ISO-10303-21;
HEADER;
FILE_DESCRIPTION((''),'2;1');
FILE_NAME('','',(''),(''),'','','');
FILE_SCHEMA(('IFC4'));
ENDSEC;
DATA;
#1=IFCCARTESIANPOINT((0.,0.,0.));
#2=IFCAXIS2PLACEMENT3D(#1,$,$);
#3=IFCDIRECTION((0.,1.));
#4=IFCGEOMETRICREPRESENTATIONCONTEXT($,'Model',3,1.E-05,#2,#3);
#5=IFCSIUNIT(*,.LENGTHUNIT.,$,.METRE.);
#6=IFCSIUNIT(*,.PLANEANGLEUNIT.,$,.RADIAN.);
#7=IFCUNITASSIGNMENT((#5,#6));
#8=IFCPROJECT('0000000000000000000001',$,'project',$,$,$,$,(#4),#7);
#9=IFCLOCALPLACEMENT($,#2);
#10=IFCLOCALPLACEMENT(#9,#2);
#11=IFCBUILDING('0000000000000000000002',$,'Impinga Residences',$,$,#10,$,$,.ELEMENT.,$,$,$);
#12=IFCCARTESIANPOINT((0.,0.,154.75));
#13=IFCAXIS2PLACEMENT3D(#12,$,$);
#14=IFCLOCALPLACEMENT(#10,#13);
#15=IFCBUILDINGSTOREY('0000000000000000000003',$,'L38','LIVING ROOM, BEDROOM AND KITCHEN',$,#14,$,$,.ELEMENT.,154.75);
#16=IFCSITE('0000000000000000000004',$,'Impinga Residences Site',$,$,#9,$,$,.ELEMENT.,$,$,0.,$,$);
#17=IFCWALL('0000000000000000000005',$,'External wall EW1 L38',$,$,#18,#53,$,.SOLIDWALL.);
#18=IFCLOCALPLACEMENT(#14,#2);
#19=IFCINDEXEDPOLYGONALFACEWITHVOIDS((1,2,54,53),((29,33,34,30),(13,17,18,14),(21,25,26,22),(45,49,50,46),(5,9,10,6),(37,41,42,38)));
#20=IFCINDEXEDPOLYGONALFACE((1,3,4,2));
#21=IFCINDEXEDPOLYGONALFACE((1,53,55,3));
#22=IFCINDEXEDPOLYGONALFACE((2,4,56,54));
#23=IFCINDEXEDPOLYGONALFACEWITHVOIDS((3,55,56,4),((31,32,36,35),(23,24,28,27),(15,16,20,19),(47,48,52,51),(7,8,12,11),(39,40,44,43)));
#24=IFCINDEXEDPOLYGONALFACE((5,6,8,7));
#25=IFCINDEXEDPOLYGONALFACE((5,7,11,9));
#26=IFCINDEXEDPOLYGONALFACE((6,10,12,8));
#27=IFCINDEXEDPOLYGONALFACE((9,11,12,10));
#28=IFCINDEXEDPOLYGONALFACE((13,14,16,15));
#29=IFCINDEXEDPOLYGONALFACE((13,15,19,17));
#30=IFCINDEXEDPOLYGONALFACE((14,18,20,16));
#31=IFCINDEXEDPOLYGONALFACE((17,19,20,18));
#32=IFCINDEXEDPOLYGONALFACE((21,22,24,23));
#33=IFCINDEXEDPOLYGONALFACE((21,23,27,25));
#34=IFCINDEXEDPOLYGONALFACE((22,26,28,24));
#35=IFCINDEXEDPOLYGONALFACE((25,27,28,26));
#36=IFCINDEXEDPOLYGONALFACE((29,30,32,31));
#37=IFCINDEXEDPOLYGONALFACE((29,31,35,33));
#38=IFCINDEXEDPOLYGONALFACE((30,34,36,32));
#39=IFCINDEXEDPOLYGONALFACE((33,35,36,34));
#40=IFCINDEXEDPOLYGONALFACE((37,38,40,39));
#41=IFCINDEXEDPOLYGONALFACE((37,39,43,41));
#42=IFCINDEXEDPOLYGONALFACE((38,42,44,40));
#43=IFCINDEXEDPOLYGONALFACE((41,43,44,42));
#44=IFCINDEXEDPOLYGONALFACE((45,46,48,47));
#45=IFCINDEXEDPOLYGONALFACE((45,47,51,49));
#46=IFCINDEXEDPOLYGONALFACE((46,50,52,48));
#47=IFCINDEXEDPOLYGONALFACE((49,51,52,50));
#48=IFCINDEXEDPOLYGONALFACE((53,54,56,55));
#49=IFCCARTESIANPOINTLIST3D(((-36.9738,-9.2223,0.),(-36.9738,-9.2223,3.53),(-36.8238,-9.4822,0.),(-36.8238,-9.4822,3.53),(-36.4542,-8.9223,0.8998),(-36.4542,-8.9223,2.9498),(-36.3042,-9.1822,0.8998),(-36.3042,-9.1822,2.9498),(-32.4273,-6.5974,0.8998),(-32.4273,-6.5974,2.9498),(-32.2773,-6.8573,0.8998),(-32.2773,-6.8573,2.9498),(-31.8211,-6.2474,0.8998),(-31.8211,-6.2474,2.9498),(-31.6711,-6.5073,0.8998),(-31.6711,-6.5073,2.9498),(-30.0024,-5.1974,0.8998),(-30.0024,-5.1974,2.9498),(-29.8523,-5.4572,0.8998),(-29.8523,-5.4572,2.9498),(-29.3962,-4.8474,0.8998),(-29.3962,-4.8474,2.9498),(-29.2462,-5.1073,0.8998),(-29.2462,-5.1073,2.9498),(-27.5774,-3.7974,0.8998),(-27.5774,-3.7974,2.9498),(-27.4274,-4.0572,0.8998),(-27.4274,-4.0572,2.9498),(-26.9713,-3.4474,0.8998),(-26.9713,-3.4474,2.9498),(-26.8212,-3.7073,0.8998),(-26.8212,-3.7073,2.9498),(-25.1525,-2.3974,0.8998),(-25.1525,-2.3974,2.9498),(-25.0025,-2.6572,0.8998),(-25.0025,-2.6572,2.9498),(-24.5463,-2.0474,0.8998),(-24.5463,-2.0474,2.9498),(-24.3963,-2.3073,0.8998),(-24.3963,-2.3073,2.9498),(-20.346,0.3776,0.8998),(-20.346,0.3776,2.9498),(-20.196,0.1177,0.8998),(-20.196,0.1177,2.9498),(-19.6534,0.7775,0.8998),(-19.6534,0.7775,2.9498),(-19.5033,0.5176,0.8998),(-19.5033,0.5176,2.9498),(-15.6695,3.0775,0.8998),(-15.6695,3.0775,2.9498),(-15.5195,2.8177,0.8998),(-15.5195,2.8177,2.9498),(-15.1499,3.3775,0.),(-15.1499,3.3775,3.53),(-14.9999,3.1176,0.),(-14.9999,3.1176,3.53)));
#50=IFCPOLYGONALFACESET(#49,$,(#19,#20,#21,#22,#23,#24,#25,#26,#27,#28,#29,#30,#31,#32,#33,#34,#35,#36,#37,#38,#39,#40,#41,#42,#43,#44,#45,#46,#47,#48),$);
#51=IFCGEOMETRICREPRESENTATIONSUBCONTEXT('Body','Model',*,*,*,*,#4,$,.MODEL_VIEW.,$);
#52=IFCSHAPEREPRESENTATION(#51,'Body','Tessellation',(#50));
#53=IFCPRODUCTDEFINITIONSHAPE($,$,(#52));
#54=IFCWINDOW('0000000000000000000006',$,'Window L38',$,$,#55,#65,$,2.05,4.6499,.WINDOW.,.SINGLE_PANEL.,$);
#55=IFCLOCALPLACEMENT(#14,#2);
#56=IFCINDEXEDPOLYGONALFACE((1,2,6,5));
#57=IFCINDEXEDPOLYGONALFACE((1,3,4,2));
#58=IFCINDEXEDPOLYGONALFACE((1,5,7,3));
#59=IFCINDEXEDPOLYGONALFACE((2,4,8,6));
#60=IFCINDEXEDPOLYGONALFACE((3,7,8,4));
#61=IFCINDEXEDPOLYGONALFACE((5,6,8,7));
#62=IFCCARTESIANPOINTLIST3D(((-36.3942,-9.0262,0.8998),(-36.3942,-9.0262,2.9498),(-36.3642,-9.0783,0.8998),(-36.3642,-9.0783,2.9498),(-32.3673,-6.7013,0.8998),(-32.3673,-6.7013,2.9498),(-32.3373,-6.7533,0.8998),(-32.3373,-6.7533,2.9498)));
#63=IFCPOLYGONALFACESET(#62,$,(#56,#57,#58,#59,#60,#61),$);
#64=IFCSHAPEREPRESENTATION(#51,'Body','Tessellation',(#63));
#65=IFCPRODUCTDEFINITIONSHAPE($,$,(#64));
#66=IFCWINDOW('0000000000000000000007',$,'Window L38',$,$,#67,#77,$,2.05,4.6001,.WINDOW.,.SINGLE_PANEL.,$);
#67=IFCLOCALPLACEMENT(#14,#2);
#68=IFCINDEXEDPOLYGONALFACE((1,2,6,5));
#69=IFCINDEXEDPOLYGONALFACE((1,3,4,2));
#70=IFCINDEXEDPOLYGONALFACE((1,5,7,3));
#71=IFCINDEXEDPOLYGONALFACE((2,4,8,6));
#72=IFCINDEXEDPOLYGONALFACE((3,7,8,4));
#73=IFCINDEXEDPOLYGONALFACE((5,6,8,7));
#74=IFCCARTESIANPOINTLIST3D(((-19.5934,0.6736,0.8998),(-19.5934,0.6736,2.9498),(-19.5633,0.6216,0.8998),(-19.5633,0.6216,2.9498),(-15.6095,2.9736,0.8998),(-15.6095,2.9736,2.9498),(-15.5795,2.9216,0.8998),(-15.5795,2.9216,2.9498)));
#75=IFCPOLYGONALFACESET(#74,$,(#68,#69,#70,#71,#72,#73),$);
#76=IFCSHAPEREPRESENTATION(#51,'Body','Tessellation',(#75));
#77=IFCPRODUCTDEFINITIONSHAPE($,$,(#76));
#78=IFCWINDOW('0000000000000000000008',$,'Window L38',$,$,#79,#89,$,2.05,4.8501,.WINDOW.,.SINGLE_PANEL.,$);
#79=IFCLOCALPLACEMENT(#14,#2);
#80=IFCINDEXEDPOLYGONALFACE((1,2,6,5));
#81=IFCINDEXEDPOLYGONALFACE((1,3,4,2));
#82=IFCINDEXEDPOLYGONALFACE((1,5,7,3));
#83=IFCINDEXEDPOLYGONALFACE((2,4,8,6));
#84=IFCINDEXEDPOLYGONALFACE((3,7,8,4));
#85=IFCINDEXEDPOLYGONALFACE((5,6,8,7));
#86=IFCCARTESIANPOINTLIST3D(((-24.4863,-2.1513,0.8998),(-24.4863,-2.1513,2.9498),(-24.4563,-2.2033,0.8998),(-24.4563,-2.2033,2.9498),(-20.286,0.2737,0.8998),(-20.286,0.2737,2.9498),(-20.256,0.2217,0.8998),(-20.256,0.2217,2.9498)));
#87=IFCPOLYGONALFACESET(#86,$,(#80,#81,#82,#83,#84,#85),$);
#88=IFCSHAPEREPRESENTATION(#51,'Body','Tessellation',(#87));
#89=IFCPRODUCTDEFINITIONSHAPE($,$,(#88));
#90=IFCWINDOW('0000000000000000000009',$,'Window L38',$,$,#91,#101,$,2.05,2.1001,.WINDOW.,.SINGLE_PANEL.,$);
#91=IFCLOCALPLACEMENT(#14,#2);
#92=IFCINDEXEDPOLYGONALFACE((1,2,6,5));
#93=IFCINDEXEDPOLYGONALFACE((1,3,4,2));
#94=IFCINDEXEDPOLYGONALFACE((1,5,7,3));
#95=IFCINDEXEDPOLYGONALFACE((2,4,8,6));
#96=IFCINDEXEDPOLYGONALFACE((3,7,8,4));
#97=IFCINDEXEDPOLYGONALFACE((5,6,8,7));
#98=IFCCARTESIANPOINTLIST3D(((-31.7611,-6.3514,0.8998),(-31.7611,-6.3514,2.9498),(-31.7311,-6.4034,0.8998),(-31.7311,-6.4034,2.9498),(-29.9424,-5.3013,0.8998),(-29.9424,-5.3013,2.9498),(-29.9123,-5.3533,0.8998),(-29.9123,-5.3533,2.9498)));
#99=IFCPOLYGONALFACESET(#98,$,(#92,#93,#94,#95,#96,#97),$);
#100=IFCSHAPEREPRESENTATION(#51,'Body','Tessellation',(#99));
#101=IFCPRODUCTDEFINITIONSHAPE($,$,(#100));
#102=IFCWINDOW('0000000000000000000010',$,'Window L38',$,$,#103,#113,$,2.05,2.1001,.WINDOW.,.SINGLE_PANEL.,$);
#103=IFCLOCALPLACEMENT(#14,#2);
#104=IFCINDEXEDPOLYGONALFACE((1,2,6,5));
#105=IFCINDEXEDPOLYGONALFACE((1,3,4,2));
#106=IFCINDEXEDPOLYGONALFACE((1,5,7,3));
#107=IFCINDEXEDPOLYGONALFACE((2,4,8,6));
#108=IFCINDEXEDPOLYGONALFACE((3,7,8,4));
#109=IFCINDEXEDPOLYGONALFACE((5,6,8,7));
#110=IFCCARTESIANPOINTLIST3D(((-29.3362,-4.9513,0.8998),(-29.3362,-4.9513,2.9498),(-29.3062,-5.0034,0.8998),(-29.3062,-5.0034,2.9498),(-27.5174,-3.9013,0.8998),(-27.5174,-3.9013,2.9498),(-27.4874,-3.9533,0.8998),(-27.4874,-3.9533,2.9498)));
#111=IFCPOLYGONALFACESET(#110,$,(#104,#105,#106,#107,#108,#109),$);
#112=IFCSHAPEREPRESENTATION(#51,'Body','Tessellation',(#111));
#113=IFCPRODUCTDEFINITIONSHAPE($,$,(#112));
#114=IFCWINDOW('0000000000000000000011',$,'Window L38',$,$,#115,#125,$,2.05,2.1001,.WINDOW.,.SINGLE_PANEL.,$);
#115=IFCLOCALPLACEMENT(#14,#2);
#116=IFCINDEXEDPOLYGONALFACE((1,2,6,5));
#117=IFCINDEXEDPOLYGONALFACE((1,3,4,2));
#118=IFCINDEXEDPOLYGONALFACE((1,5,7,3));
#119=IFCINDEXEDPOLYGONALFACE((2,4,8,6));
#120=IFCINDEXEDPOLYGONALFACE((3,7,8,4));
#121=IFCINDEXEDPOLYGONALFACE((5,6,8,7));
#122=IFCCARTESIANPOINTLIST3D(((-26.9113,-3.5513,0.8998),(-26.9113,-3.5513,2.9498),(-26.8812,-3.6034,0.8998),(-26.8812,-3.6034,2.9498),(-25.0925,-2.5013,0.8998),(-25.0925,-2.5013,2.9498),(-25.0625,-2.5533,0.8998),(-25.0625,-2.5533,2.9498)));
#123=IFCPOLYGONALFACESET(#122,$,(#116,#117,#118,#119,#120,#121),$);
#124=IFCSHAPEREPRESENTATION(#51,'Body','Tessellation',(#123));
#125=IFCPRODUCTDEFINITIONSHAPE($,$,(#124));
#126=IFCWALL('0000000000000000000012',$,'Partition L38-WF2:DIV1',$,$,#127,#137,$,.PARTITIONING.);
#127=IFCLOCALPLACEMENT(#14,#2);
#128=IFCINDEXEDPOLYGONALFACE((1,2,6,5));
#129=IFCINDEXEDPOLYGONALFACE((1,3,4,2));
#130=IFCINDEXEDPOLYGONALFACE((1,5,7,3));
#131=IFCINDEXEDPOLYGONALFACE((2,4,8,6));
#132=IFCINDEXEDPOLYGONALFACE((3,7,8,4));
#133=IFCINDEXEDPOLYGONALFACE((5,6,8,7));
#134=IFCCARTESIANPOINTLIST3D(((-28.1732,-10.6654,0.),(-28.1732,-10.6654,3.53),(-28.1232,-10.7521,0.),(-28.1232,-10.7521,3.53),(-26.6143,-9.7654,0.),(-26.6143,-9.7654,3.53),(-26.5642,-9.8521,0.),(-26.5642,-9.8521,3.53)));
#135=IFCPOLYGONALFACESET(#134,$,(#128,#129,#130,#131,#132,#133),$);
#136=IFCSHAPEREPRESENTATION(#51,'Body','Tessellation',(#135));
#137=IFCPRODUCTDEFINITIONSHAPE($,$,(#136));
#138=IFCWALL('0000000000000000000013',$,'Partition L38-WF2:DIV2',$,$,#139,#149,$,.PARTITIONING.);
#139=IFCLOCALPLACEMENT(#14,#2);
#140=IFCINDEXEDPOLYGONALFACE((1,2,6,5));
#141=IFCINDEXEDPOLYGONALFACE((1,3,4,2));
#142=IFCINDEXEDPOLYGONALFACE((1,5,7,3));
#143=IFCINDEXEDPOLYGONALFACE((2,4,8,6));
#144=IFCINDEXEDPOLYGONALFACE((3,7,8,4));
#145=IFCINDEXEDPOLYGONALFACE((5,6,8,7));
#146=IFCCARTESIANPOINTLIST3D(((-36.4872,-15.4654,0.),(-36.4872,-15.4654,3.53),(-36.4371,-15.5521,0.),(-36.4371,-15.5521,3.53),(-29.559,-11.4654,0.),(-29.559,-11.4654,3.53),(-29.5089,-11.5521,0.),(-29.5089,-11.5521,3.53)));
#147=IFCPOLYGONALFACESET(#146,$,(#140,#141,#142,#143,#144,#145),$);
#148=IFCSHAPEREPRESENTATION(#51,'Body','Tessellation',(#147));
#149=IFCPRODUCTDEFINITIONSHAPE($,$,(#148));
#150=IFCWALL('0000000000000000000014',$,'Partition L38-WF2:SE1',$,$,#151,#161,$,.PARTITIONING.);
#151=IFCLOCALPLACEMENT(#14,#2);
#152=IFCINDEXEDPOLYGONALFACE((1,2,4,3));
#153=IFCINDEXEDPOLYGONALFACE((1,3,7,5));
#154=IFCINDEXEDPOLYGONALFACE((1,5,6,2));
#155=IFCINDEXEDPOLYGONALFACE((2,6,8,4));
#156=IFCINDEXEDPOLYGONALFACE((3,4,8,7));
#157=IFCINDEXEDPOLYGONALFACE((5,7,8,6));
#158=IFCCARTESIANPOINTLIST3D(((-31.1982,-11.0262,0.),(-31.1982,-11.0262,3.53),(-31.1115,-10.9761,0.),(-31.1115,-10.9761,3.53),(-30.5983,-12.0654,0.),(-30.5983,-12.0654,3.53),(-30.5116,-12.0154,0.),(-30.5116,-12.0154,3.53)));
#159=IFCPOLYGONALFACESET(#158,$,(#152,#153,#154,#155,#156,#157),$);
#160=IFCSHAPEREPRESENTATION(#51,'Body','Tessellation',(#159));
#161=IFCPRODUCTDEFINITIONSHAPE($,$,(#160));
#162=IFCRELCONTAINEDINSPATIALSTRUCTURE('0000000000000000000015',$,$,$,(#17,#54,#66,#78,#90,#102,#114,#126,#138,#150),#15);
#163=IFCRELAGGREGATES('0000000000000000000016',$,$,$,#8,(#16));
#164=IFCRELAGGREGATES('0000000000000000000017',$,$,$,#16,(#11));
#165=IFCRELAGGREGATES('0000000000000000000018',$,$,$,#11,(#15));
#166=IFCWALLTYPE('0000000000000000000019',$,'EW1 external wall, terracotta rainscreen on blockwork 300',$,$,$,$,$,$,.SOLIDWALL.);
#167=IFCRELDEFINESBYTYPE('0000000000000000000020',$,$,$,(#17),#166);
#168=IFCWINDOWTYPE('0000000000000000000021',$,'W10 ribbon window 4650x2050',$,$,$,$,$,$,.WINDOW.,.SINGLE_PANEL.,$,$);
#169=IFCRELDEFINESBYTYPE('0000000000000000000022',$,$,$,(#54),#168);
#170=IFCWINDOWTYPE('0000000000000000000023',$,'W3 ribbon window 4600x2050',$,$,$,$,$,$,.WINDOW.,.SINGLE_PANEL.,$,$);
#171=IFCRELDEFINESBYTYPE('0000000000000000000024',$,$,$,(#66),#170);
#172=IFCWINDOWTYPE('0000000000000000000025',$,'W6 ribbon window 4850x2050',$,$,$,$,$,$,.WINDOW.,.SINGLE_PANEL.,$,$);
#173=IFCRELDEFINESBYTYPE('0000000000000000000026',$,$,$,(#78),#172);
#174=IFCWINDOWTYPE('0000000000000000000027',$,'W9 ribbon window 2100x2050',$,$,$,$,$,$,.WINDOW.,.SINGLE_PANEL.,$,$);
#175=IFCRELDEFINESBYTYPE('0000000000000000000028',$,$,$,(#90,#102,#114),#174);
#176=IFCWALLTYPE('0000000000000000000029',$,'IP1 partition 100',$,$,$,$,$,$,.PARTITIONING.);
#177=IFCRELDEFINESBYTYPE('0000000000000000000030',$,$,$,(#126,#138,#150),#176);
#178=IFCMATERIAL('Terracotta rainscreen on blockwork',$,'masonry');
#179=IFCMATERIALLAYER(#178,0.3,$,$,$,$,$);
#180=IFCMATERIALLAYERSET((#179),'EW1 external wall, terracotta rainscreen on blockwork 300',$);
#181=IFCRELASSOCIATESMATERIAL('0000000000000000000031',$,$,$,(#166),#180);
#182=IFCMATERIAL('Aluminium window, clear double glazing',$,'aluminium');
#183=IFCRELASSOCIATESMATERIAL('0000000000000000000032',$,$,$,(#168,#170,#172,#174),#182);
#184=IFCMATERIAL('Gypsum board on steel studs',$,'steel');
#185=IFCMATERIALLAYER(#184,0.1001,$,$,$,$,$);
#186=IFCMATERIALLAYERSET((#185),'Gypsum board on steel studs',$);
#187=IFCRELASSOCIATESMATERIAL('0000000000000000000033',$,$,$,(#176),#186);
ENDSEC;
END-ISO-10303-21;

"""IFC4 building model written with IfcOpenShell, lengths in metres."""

from ifc_helpers import new_model, si_unit, direction, frame, frame_2d, origin, place, context, subcontext, project, spatial, rectangle, extrude, material, layer, layer_set, type_object, element, fill, save


model = new_model("IFC4")

# Units and contexts
model_context = context("Model", 3, precision=1e-05, world=origin(), true_north=direction((0.0, 1.0)))
body_context = subcontext(model_context, "Body", "Model", "MODEL_VIEW")
ifc_project = project(units=[si_unit("LENGTHUNIT", "METRE"), si_unit("PLANEANGLEUNIT", "RADIAN")], contexts=[model_context])

# Site, building, storey
site_placement = place(None, origin())
site = spatial("IfcSite", under=ifc_project, at=site_placement, Name="Impinga Residences Site", CompositionType="ELEMENT", RefElevation=0.0)
building_placement = place(site_placement, origin())
building = spatial("IfcBuilding", under=site, at=building_placement, Name="Impinga Residences", CompositionType="ELEMENT")
storey_placement = place(building_placement, frame((0.0, 0.0, 154.75)))
storey = spatial("IfcBuildingStorey", under=building, at=storey_placement, Name="L38", Description="LIVING ROOM, BEDROOM AND KITCHEN", CompositionType="ELEMENT", Elevation=154.75)

# Shared definitions
ifc_material_1 = material(Name="Terracotta rainscreen on blockwork", Category="masonry")
ifc_layer_1 = layer(ifc_material_1, 0.3)
ifc_layer_set_1 = layer_set([ifc_layer_1], Name="EW1 external wall, terracotta rainscreen on blockwork 300")
wall_type_1 = type_object("IfcWallType", Name="EW1 external wall, terracotta rainscreen on blockwork 300", PredefinedType="SOLIDWALL", material=ifc_layer_set_1)

# Wall, openings, windows
wall_1_placement = place(storey_placement, frame((-36.8989, -9.3523, 0.0), z_axis=(0.0, 0.0, 1.0), x_axis=(0.866029, 0.499993, 0.0)))
wall_1 = element("IfcWall", 1, at=wall_1_placement, inside=storey, type_object=wall_type_1, Name="External wall EW1 L38", PredefinedType="SOLIDWALL", context=body_context, shape_type="SweptSolid", body=[
    extrude(rectangle(XDim=25.2, YDim=0.3, at=frame_2d((12.6001, 0.0))), origin(), (0.0, 0.0, 1.0), 3.53),
])
opening_1_placement = place(wall_1_placement, frame((0.6001, 0.0, 0.8999)))
opening_1 = element("IfcOpeningElement", 2, at=opening_1_placement, cuts=wall_1, PredefinedType="OPENING", context=body_context, shape_type="SweptSolid", body=[
    extrude(rectangle(XDim=4.6499, YDim=2.05, at=frame_2d((2.325, 1.0249))), frame((0.0, 0.1599, 0.0), z_axis=(0.0, -1.0, 0.0), x_axis=(1.0, 0.0, 0.0)), (0.0, 0.0, 1.0), 0.3201),
])
opening_2_placement = place(wall_1_placement, frame((5.95, 0.0, 0.8999)))
opening_2 = element("IfcOpeningElement", 3, at=opening_2_placement, cuts=wall_1, PredefinedType="OPENING", context=body_context, shape_type="SweptSolid", body=[
    extrude(rectangle(XDim=2.1001, YDim=2.05, at=frame_2d((1.05, 1.0249))), frame((0.0, 0.1599, 0.0), z_axis=(0.0, -1.0, 0.0), x_axis=(1.0, 0.0, 0.0)), (0.0, 0.0, 1.0), 0.3201),
])
opening_3_placement = place(wall_1_placement, frame((8.75, 0.0, 0.8999)))
opening_3 = element("IfcOpeningElement", 4, at=opening_3_placement, cuts=wall_1, PredefinedType="OPENING", context=body_context, shape_type="SweptSolid", body=[
    extrude(rectangle(XDim=2.1001, YDim=2.05, at=frame_2d((1.05, 1.0249))), frame((0.0, 0.1599, 0.0), z_axis=(0.0, -1.0, 0.0), x_axis=(1.0, 0.0, 0.0)), (0.0, 0.0, 1.0), 0.3201),
])
opening_4_placement = place(wall_1_placement, frame((11.55, 0.0, 0.8999)))
opening_4 = element("IfcOpeningElement", 5, at=opening_4_placement, cuts=wall_1, PredefinedType="OPENING", context=body_context, shape_type="SweptSolid", body=[
    extrude(rectangle(XDim=2.1001, YDim=2.05, at=frame_2d((1.05, 1.0249))), frame((0.0, 0.1599, 0.0), z_axis=(0.0, -1.0, 0.0), x_axis=(1.0, 0.0, 0.0)), (0.0, 0.0, 1.0), 0.3201),
])
opening_5_placement = place(wall_1_placement, frame((14.3501, 0.0, 0.8999)))
opening_5 = element("IfcOpeningElement", 6, at=opening_5_placement, cuts=wall_1, PredefinedType="OPENING", context=body_context, shape_type="SweptSolid", body=[
    extrude(rectangle(XDim=4.8501, YDim=2.05, at=frame_2d((2.425, 1.0249))), frame((0.0, 0.1599, 0.0), z_axis=(0.0, -1.0, 0.0), x_axis=(1.0, 0.0, 0.0)), (0.0, 0.0, 1.0), 0.3201),
])
opening_6_placement = place(wall_1_placement, frame((20.0, 0.0, 0.8999)))
opening_6 = element("IfcOpeningElement", 7, at=opening_6_placement, cuts=wall_1, PredefinedType="OPENING", context=body_context, shape_type="SweptSolid", body=[
    extrude(rectangle(XDim=4.6001, YDim=2.05, at=frame_2d((2.3, 1.0249))), frame((0.0, 0.1599, 0.0), z_axis=(0.0, -1.0, 0.0), x_axis=(1.0, 0.0, 0.0)), (0.0, 0.0, 1.0), 0.3201),
])
ifc_material_2 = material(Name="Aluminium window, clear double glazing", Category="aluminium")
window_type_1 = type_object("IfcWindowType", Name="W10 ribbon window 4650x2050", PartitioningType="SINGLE_PANEL", PredefinedType="WINDOW", material=ifc_material_2)
window_1_placement = place(opening_1_placement, origin())
window_1 = element("IfcWindow", 8, at=window_1_placement, inside=storey, type_object=window_type_1, Name="Window L38", OverallHeight=2.05, OverallWidth=4.6499, PartitioningType="SINGLE_PANEL", PredefinedType="WINDOW", context=body_context, shape_type="SweptSolid", body=[
    extrude(rectangle(XDim=4.6499, YDim=2.05, at=frame_2d((2.325, 1.0249))), frame((0.0, 0.03, 0.0), z_axis=(0.0, -1.0, 0.0), x_axis=(1.0, 0.0, 0.0)), (0.0, 0.0, 1.0), 0.0601),
])
fill(opening_1, window_1)
window_type_2 = type_object("IfcWindowType", Name="W3 ribbon window 4600x2050", PartitioningType="SINGLE_PANEL", PredefinedType="WINDOW", material=ifc_material_2)
window_2_placement = place(opening_6_placement, origin())
window_2 = element("IfcWindow", 9, at=window_2_placement, inside=storey, type_object=window_type_2, Name="Window L38", OverallHeight=2.05, OverallWidth=4.6001, PartitioningType="SINGLE_PANEL", PredefinedType="WINDOW", context=body_context, shape_type="SweptSolid", body=[
    extrude(rectangle(XDim=4.6001, YDim=2.05, at=frame_2d((2.3, 1.0249))), frame((0.0, 0.03, 0.0), z_axis=(0.0, -1.0, 0.0), x_axis=(1.0, 0.0, 0.0)), (0.0, 0.0, 1.0), 0.0601),
])
fill(opening_6, window_2)
window_type_3 = type_object("IfcWindowType", Name="W6 ribbon window 4850x2050", PartitioningType="SINGLE_PANEL", PredefinedType="WINDOW", material=ifc_material_2)
window_3_placement = place(opening_5_placement, origin())
window_3 = element("IfcWindow", 10, at=window_3_placement, inside=storey, type_object=window_type_3, Name="Window L38", OverallHeight=2.05, OverallWidth=4.8501, PartitioningType="SINGLE_PANEL", PredefinedType="WINDOW", context=body_context, shape_type="SweptSolid", body=[
    extrude(rectangle(XDim=4.8501, YDim=2.05, at=frame_2d((2.425, 1.0249))), frame((0.0, 0.03, 0.0), z_axis=(0.0, -1.0, 0.0), x_axis=(1.0, 0.0, 0.0)), (0.0, 0.0, 1.0), 0.0601),
])
fill(opening_5, window_3)
window_type_4 = type_object("IfcWindowType", Name="W9 ribbon window 2100x2050", PartitioningType="SINGLE_PANEL", PredefinedType="WINDOW", material=ifc_material_2)
window_4_placement = place(opening_2_placement, origin())
window_4 = element("IfcWindow", 11, at=window_4_placement, inside=storey, type_object=window_type_4, Name="Window L38", OverallHeight=2.05, OverallWidth=2.1001, PartitioningType="SINGLE_PANEL", PredefinedType="WINDOW", context=body_context, shape_type="SweptSolid", body=[
    extrude(rectangle(XDim=2.1001, YDim=2.05, at=frame_2d((1.05, 1.0249))), frame((0.0, 0.03, 0.0), z_axis=(0.0, -1.0, 0.0), x_axis=(1.0, 0.0, 0.0)), (0.0, 0.0, 1.0), 0.0601),
])
fill(opening_2, window_4)
window_5_placement = place(opening_3_placement, origin())
window_5 = element("IfcWindow", 12, at=window_5_placement, inside=storey, type_object=window_type_4, Name="Window L38", OverallHeight=2.05, OverallWidth=2.1001, PartitioningType="SINGLE_PANEL", PredefinedType="WINDOW", context=body_context, shape_type="SweptSolid", body=[
    extrude(rectangle(XDim=2.1001, YDim=2.05, at=frame_2d((1.05, 1.0249))), frame((0.0, 0.03, 0.0), z_axis=(0.0, -1.0, 0.0), x_axis=(1.0, 0.0, 0.0)), (0.0, 0.0, 1.0), 0.0601),
])
fill(opening_3, window_5)
window_6_placement = place(opening_4_placement, origin())
window_6 = element("IfcWindow", 13, at=window_6_placement, inside=storey, type_object=window_type_4, Name="Window L38", OverallHeight=2.05, OverallWidth=2.1001, PartitioningType="SINGLE_PANEL", PredefinedType="WINDOW", context=body_context, shape_type="SweptSolid", body=[
    extrude(rectangle(XDim=2.1001, YDim=2.05, at=frame_2d((1.05, 1.0249))), frame((0.0, 0.03, 0.0), z_axis=(0.0, -1.0, 0.0), x_axis=(1.0, 0.0, 0.0)), (0.0, 0.0, 1.0), 0.0601),
])
fill(opening_4, window_6)

# Walls
ifc_material_3 = material(Name="Gypsum board on steel studs", Category="steel")
ifc_layer_2 = layer(ifc_material_3, 0.1001)
ifc_layer_set_2 = layer_set([ifc_layer_2], Name="Gypsum board on steel studs")
wall_type_2 = type_object("IfcWallType", Name="IP1 partition 100", PredefinedType="PARTITIONING", material=ifc_layer_set_2)
wall_2_placement = place(storey_placement, frame((-26.5894, -9.8088, 0.0), z_axis=(0.0, 0.0, 1.0), x_axis=(-0.866048, -0.499961, 0.0)))
element("IfcWall", 14, at=wall_2_placement, inside=storey, type_object=wall_type_2, Name="Partition L38-WF2:DIV1", PredefinedType="PARTITIONING", context=body_context, shape_type="SweptSolid", body=[
    extrude(rectangle(XDim=1.8, YDim=0.1001, at=frame_2d((0.8999, 0.0))), origin(), (0.0, 0.0, 1.0), 3.53),
])
wall_3_placement = place(storey_placement, frame((-29.5339, -11.5088, 0.0), z_axis=(0.0, 0.0, 1.0), x_axis=(-0.866026, -0.499999, 0.0)))
element("IfcWall", 15, at=wall_3_placement, inside=storey, type_object=wall_type_2, Name="Partition L38-WF2:DIV2", PredefinedType="PARTITIONING", context=body_context, shape_type="SweptSolid", body=[
    extrude(rectangle(XDim=8.0, YDim=0.1001, at=frame_2d((4.0, 0.0))), origin(), (0.0, 0.0, 1.0), 3.53),
])
wall_4_placement = place(storey_placement, frame((-30.5549, -12.0405, 0.0), z_axis=(0.0, 0.0, 1.0), x_axis=(-0.499881, 0.866094, 0.0)))
element("IfcWall", 16, at=wall_4_placement, inside=storey, type_object=wall_type_2, Name="Partition L38-WF2:SE1", PredefinedType="PARTITIONING", context=body_context, shape_type="SweptSolid", body=[
    extrude(rectangle(XDim=1.2, YDim=0.1001, at=frame_2d((0.6001, 0.0))), origin(), (0.0, 0.0, 1.0), 3.53),
])

save(model, "model.ifc")
